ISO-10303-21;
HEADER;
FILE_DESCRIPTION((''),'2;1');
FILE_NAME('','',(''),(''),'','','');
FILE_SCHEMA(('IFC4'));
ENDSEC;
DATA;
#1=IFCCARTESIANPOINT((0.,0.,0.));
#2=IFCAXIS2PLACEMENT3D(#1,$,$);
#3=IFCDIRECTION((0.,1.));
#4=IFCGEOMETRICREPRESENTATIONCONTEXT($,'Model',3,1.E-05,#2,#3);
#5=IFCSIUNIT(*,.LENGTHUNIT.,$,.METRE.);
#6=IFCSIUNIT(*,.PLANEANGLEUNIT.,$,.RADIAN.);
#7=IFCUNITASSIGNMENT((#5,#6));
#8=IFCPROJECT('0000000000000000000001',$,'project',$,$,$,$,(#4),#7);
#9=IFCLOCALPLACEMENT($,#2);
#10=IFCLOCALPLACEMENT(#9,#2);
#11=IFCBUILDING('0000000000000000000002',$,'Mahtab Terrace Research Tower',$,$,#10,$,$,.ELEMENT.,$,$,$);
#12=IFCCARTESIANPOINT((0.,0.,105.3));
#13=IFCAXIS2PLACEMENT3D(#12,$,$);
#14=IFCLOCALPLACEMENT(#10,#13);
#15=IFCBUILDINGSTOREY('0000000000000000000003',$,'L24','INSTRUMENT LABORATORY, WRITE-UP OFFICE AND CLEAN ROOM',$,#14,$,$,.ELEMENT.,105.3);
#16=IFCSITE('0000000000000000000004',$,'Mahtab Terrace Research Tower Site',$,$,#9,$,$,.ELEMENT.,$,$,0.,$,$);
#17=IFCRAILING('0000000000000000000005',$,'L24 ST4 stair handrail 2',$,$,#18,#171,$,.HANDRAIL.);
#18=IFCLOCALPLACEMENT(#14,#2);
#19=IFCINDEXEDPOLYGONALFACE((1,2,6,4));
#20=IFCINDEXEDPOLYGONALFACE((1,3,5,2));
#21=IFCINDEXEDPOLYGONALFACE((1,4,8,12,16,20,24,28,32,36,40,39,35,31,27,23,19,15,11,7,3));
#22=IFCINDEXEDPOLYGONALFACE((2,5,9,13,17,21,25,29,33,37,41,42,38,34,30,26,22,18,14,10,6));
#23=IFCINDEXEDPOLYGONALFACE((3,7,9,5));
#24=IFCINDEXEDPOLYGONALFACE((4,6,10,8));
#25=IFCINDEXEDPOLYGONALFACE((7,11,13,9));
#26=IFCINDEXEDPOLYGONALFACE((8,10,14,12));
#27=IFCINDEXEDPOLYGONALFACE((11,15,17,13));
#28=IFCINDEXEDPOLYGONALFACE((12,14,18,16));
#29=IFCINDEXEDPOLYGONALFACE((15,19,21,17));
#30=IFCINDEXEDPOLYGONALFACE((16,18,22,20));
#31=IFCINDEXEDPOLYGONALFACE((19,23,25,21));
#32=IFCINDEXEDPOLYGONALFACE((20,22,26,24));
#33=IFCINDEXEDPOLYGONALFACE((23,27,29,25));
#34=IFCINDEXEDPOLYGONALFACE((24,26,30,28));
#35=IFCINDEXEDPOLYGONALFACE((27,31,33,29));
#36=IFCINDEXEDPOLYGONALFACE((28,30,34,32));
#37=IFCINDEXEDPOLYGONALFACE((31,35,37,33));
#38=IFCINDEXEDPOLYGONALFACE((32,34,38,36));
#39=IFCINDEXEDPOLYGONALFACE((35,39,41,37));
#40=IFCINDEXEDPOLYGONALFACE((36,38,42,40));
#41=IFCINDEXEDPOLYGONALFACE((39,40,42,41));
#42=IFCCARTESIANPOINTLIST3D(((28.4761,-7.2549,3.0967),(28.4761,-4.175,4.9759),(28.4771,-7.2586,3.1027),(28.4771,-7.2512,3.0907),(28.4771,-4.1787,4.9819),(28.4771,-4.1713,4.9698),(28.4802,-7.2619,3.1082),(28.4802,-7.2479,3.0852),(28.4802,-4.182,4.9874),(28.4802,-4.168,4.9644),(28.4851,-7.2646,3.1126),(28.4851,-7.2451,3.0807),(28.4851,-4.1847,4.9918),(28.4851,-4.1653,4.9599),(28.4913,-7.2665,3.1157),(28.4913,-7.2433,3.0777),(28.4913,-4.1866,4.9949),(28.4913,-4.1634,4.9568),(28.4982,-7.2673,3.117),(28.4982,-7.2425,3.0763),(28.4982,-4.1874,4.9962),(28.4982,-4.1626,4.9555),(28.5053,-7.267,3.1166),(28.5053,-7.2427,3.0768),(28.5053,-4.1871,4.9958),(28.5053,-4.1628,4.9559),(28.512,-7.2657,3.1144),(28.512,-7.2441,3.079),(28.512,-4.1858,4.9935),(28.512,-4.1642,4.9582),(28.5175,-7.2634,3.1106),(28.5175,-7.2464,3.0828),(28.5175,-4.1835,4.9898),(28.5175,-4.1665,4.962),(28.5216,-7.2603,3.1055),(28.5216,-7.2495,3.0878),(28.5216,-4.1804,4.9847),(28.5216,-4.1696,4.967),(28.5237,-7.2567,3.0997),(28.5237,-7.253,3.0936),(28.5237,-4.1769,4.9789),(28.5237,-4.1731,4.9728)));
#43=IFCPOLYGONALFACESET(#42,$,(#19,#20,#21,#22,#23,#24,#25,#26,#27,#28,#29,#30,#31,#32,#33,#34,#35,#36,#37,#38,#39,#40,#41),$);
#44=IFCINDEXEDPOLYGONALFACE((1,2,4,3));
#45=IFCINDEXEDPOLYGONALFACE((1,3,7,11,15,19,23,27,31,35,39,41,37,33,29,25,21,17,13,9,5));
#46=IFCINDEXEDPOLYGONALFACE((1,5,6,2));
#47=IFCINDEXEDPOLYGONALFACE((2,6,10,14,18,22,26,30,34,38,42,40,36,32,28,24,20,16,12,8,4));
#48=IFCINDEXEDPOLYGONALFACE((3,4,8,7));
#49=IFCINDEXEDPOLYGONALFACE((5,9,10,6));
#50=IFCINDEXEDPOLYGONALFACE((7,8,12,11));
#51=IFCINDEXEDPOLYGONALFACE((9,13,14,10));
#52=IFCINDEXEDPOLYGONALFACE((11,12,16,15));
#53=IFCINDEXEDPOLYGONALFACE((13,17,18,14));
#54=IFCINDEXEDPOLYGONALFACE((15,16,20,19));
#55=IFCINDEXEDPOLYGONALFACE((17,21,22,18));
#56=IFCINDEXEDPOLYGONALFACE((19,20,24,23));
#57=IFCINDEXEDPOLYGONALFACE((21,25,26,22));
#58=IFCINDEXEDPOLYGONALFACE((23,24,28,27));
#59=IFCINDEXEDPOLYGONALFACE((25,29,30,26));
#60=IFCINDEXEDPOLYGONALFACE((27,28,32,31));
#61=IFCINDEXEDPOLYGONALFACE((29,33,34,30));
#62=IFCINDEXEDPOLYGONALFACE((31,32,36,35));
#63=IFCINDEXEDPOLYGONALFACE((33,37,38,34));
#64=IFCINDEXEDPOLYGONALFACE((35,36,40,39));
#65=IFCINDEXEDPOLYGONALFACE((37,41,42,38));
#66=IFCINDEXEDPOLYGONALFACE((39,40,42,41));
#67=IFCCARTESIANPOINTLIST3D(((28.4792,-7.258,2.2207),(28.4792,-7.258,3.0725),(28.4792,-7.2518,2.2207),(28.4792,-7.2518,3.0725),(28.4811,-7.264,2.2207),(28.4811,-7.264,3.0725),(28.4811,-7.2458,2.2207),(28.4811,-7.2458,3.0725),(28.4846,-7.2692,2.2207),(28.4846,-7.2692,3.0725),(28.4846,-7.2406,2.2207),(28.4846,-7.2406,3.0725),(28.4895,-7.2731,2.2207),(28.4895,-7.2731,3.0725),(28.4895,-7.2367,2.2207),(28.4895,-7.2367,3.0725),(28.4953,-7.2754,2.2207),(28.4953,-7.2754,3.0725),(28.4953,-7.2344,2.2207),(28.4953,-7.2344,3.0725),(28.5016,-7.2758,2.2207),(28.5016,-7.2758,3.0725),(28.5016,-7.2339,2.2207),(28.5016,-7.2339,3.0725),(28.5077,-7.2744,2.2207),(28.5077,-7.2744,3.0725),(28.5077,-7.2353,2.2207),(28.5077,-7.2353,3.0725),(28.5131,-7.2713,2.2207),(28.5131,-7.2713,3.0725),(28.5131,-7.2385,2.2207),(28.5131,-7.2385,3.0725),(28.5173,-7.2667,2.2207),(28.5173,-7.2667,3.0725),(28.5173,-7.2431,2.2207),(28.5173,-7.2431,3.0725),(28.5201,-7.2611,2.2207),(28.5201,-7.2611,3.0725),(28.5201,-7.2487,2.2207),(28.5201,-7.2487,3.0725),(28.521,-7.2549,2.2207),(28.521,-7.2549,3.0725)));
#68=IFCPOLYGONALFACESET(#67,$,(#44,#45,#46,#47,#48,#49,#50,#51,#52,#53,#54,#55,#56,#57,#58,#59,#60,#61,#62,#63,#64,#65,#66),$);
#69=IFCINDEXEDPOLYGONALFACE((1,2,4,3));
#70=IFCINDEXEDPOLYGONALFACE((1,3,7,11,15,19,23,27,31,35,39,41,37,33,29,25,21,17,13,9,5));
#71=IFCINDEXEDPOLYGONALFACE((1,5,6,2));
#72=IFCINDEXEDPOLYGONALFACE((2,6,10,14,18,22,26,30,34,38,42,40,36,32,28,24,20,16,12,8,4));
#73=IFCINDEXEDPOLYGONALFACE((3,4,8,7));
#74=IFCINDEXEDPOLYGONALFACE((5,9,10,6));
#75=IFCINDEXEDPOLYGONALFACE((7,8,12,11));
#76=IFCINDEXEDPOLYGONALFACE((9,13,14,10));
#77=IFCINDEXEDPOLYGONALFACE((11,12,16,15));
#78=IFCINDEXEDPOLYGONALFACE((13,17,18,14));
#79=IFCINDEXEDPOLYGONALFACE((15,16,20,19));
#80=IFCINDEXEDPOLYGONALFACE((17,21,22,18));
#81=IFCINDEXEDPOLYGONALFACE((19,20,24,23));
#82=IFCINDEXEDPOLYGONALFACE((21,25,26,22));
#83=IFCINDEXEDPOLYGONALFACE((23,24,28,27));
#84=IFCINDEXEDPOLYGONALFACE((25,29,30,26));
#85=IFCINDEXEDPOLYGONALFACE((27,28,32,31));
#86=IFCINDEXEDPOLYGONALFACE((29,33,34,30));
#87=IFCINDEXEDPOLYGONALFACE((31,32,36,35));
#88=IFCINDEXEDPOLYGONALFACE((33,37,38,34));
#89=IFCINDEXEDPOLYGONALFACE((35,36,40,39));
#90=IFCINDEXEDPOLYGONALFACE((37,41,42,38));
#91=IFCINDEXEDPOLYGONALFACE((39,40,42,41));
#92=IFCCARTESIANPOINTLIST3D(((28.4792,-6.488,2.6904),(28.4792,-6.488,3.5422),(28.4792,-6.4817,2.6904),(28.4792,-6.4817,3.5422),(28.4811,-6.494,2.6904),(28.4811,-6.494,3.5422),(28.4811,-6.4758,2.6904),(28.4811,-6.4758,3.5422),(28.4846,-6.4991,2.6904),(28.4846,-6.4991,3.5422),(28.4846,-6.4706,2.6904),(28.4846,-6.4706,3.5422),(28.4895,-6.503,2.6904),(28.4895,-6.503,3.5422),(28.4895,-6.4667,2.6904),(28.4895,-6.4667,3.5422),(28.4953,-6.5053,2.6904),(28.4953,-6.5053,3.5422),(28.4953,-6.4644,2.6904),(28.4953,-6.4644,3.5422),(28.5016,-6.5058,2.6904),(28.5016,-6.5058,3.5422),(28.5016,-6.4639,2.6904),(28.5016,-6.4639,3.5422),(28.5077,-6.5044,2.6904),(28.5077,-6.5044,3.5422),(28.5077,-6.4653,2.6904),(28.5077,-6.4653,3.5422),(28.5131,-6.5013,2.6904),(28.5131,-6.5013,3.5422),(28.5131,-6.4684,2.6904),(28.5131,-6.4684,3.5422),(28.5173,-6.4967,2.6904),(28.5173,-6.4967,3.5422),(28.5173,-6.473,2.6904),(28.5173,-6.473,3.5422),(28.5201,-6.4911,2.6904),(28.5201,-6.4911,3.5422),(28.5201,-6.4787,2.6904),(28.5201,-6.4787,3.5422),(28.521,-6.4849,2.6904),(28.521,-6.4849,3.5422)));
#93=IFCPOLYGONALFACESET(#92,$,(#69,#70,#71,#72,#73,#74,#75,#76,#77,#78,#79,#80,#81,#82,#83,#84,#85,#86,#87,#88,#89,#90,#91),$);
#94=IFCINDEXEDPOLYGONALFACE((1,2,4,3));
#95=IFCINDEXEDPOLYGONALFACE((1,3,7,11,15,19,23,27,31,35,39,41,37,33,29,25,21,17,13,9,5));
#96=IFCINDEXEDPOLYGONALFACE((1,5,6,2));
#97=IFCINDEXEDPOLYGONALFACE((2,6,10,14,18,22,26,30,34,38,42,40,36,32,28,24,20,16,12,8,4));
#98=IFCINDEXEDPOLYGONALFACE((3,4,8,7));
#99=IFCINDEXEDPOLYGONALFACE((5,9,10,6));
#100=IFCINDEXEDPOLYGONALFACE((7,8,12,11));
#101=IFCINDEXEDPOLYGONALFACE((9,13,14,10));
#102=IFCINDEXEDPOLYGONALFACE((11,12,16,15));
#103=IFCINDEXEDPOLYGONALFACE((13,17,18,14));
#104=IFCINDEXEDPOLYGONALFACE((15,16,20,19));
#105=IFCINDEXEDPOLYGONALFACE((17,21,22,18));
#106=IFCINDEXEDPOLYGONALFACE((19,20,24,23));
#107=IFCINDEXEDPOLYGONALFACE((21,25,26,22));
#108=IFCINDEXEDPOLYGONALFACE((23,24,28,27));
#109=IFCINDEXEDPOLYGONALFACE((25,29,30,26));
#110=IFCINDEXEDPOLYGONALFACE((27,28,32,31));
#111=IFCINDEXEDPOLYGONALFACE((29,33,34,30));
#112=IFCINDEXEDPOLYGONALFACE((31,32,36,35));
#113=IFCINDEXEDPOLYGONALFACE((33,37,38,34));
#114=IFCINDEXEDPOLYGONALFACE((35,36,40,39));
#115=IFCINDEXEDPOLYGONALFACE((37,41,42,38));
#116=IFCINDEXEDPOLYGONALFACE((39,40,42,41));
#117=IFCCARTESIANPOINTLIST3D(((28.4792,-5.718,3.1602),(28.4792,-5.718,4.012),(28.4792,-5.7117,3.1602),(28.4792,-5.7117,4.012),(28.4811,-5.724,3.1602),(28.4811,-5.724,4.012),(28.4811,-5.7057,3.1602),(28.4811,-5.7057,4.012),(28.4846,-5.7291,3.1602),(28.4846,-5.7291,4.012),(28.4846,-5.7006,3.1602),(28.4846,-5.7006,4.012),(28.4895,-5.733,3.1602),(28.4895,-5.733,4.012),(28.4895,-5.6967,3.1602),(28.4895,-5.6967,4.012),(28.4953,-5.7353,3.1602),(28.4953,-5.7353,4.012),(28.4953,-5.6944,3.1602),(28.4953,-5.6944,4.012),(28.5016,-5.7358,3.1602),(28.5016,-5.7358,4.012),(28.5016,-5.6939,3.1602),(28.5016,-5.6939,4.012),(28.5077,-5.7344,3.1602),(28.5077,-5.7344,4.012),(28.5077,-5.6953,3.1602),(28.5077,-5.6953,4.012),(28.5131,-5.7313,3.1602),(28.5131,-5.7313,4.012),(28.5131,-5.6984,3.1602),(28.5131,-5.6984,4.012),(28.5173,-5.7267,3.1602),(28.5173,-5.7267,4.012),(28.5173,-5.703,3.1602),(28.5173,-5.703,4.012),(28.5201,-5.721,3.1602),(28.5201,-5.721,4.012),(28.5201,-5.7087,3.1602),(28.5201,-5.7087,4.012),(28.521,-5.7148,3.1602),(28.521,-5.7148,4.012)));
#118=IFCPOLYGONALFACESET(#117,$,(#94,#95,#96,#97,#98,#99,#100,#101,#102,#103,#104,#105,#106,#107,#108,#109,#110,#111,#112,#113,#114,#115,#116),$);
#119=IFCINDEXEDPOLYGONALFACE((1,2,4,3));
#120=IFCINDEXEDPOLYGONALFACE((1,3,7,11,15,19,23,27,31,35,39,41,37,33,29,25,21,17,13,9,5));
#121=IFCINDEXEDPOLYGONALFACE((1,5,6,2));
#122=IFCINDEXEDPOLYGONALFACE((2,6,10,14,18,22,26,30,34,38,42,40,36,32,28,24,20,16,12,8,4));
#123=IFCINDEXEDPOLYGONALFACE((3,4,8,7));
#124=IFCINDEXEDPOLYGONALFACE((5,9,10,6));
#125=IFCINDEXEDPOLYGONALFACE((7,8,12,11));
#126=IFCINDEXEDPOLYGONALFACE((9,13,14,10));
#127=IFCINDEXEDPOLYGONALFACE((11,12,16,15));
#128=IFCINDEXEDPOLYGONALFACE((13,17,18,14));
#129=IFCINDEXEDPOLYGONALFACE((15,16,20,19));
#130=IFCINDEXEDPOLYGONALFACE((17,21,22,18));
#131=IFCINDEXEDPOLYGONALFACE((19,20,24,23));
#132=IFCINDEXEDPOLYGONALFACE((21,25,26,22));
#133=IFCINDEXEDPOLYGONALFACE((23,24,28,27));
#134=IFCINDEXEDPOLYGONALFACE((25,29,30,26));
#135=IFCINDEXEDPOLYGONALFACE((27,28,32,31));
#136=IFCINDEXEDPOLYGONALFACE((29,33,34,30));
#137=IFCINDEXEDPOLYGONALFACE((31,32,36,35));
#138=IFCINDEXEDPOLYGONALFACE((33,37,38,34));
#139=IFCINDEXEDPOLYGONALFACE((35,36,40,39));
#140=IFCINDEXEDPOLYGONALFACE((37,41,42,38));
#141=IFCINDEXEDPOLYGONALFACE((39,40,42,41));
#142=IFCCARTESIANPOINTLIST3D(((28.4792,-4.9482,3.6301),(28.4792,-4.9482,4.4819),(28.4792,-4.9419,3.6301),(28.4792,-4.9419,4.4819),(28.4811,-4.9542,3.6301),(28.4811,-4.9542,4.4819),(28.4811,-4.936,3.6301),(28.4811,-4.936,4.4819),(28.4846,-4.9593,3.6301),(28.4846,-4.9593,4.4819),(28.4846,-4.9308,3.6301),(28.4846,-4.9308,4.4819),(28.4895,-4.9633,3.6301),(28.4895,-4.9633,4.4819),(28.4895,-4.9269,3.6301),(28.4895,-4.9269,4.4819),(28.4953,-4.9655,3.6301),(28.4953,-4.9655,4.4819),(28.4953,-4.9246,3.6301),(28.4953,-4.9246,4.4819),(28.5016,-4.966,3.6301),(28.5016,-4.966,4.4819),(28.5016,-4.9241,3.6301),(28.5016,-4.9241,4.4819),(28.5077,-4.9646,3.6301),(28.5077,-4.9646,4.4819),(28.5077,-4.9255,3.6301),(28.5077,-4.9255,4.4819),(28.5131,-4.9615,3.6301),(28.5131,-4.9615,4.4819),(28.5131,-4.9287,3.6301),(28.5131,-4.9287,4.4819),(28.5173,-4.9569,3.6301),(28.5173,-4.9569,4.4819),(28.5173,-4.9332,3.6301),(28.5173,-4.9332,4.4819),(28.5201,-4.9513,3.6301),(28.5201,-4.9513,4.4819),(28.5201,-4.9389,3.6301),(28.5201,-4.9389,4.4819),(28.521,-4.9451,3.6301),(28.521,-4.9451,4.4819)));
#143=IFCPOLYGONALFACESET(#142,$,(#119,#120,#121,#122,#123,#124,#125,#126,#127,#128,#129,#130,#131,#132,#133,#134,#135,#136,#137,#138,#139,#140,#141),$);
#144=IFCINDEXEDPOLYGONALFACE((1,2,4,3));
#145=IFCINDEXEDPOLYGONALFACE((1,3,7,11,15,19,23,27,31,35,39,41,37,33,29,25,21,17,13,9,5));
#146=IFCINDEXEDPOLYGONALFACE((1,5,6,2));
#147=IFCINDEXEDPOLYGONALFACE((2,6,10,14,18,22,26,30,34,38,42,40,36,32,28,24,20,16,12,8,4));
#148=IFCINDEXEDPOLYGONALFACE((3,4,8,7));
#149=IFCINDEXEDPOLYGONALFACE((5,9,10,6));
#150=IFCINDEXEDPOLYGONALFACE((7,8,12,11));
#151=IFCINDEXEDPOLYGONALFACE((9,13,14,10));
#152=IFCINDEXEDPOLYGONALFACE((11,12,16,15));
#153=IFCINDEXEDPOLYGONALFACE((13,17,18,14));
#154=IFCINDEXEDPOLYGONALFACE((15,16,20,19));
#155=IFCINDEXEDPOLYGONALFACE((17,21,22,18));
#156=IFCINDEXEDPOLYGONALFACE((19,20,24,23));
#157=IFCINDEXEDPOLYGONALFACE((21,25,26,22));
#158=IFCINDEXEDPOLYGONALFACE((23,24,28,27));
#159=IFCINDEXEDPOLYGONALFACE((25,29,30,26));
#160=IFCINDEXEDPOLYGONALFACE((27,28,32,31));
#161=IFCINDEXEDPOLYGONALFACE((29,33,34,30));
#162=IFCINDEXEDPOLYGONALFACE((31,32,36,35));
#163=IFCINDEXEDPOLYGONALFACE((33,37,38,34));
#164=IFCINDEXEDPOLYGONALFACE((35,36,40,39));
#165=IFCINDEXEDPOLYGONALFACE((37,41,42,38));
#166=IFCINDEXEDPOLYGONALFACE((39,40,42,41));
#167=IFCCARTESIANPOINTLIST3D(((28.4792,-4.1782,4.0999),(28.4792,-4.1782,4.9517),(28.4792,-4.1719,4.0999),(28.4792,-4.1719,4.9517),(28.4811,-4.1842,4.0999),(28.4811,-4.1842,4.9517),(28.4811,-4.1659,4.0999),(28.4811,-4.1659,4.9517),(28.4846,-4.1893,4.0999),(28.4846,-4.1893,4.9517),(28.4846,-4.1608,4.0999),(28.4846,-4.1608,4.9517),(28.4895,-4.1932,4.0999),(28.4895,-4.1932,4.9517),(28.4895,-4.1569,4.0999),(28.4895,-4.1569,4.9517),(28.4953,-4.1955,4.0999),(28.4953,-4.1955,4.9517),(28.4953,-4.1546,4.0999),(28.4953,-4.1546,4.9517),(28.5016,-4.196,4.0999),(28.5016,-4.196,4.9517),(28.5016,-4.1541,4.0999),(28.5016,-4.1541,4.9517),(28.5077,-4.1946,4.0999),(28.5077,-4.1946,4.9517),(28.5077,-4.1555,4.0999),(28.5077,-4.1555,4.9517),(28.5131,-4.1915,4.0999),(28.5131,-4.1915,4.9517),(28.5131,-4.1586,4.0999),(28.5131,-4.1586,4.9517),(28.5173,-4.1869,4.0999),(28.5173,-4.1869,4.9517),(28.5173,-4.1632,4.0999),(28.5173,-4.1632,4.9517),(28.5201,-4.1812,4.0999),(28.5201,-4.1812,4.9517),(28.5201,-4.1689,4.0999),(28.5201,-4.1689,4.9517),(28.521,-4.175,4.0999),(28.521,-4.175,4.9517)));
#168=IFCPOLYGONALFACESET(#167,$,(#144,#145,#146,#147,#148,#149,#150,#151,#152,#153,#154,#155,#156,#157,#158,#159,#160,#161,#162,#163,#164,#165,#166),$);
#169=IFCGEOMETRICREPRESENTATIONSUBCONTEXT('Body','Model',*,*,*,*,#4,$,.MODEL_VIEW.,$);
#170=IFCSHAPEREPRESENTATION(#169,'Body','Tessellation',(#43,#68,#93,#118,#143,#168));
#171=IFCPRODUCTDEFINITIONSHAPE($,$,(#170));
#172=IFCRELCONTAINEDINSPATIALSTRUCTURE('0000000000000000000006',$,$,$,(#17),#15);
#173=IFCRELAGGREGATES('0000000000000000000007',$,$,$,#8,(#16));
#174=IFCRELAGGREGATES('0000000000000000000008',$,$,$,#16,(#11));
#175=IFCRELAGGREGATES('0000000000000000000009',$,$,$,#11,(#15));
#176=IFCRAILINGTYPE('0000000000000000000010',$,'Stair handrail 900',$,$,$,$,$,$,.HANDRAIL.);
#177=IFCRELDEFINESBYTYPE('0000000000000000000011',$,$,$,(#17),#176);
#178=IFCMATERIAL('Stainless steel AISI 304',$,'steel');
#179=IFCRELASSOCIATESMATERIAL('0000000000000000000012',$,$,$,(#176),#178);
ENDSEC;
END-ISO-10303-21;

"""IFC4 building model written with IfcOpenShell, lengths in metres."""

from ifc_helpers import new_model, si_unit, direction, frame, origin, origin_2d, place, context, subcontext, project, spatial, circle, extrude, material, type_object, element, save


model = new_model("IFC4")

# Units and contexts
model_context = context("Model", 3, precision=1e-05, world=origin(), true_north=direction((0.0, 1.0)))
body_context = subcontext(model_context, "Body", "Model", "MODEL_VIEW")
ifc_project = project(units=[si_unit("LENGTHUNIT", "METRE"), si_unit("PLANEANGLEUNIT", "RADIAN")], contexts=[model_context])

# Site, building, storey
site_placement = place(None, origin())
site = spatial("IfcSite", under=ifc_project, at=site_placement, Name="Mahtab Terrace Research Tower Site", CompositionType="ELEMENT", RefElevation=0.0)
building_placement = place(site_placement, origin())
building = spatial("IfcBuilding", under=site, at=building_placement, Name="Mahtab Terrace Research Tower", CompositionType="ELEMENT")
storey_placement = place(building_placement, frame((0.0, 0.0, 105.3)))
storey = spatial("IfcBuildingStorey", under=building, at=storey_placement, Name="L24", Description="INSTRUMENT LABORATORY, WRITE-UP OFFICE AND CLEAN ROOM", CompositionType="ELEMENT", Elevation=105.3)

# Railing
ifc_material_1 = material(Name="Stainless steel AISI 304", Category="steel")
railing_type_1 = type_object("IfcRailingType", Name="Stair handrail 900", PredefinedType="HANDRAIL", material=ifc_material_1)
railing_1_placement = place(storey_placement, frame((28.5, -7.2549, 2.2207)))
element("IfcRailing", 1, at=railing_1_placement, inside=storey, type_object=railing_type_1, Name="L24 ST4 stair handrail 2", PredefinedType="HANDRAIL", context=body_context, shape_type="SweptSolid", body=[
    extrude(circle(Radius=0.0239, at=origin_2d()), frame((0.0, 0.0, 0.876), z_axis=(0.0, 0.853648, 0.52085), x_axis=(-1.0, 0.0, 0.0)), (0.0, 0.0, 1.0), 3.6079),
    extrude(circle(Radius=0.021, at=origin_2d()), origin(), (0.0, 0.0, 1.0), 0.8518),
    extrude(circle(Radius=0.021, at=origin_2d()), frame((0.0, 0.77, 0.4697)), (0.0, 0.0, 1.0), 0.8518),
    extrude(circle(Radius=0.021, at=origin_2d()), frame((0.0, 1.54, 0.9395)), (0.0, 0.0, 1.0), 0.8518),
    extrude(circle(Radius=0.021, at=origin_2d()), frame((0.0, 2.3098, 1.4094)), (0.0, 0.0, 1.0), 0.8518),
    extrude(circle(Radius=0.021, at=origin_2d()), frame((0.0, 3.0798, 1.8792)), (0.0, 0.0, 1.0), 0.8518),
])

save(model, "model.ifc")
